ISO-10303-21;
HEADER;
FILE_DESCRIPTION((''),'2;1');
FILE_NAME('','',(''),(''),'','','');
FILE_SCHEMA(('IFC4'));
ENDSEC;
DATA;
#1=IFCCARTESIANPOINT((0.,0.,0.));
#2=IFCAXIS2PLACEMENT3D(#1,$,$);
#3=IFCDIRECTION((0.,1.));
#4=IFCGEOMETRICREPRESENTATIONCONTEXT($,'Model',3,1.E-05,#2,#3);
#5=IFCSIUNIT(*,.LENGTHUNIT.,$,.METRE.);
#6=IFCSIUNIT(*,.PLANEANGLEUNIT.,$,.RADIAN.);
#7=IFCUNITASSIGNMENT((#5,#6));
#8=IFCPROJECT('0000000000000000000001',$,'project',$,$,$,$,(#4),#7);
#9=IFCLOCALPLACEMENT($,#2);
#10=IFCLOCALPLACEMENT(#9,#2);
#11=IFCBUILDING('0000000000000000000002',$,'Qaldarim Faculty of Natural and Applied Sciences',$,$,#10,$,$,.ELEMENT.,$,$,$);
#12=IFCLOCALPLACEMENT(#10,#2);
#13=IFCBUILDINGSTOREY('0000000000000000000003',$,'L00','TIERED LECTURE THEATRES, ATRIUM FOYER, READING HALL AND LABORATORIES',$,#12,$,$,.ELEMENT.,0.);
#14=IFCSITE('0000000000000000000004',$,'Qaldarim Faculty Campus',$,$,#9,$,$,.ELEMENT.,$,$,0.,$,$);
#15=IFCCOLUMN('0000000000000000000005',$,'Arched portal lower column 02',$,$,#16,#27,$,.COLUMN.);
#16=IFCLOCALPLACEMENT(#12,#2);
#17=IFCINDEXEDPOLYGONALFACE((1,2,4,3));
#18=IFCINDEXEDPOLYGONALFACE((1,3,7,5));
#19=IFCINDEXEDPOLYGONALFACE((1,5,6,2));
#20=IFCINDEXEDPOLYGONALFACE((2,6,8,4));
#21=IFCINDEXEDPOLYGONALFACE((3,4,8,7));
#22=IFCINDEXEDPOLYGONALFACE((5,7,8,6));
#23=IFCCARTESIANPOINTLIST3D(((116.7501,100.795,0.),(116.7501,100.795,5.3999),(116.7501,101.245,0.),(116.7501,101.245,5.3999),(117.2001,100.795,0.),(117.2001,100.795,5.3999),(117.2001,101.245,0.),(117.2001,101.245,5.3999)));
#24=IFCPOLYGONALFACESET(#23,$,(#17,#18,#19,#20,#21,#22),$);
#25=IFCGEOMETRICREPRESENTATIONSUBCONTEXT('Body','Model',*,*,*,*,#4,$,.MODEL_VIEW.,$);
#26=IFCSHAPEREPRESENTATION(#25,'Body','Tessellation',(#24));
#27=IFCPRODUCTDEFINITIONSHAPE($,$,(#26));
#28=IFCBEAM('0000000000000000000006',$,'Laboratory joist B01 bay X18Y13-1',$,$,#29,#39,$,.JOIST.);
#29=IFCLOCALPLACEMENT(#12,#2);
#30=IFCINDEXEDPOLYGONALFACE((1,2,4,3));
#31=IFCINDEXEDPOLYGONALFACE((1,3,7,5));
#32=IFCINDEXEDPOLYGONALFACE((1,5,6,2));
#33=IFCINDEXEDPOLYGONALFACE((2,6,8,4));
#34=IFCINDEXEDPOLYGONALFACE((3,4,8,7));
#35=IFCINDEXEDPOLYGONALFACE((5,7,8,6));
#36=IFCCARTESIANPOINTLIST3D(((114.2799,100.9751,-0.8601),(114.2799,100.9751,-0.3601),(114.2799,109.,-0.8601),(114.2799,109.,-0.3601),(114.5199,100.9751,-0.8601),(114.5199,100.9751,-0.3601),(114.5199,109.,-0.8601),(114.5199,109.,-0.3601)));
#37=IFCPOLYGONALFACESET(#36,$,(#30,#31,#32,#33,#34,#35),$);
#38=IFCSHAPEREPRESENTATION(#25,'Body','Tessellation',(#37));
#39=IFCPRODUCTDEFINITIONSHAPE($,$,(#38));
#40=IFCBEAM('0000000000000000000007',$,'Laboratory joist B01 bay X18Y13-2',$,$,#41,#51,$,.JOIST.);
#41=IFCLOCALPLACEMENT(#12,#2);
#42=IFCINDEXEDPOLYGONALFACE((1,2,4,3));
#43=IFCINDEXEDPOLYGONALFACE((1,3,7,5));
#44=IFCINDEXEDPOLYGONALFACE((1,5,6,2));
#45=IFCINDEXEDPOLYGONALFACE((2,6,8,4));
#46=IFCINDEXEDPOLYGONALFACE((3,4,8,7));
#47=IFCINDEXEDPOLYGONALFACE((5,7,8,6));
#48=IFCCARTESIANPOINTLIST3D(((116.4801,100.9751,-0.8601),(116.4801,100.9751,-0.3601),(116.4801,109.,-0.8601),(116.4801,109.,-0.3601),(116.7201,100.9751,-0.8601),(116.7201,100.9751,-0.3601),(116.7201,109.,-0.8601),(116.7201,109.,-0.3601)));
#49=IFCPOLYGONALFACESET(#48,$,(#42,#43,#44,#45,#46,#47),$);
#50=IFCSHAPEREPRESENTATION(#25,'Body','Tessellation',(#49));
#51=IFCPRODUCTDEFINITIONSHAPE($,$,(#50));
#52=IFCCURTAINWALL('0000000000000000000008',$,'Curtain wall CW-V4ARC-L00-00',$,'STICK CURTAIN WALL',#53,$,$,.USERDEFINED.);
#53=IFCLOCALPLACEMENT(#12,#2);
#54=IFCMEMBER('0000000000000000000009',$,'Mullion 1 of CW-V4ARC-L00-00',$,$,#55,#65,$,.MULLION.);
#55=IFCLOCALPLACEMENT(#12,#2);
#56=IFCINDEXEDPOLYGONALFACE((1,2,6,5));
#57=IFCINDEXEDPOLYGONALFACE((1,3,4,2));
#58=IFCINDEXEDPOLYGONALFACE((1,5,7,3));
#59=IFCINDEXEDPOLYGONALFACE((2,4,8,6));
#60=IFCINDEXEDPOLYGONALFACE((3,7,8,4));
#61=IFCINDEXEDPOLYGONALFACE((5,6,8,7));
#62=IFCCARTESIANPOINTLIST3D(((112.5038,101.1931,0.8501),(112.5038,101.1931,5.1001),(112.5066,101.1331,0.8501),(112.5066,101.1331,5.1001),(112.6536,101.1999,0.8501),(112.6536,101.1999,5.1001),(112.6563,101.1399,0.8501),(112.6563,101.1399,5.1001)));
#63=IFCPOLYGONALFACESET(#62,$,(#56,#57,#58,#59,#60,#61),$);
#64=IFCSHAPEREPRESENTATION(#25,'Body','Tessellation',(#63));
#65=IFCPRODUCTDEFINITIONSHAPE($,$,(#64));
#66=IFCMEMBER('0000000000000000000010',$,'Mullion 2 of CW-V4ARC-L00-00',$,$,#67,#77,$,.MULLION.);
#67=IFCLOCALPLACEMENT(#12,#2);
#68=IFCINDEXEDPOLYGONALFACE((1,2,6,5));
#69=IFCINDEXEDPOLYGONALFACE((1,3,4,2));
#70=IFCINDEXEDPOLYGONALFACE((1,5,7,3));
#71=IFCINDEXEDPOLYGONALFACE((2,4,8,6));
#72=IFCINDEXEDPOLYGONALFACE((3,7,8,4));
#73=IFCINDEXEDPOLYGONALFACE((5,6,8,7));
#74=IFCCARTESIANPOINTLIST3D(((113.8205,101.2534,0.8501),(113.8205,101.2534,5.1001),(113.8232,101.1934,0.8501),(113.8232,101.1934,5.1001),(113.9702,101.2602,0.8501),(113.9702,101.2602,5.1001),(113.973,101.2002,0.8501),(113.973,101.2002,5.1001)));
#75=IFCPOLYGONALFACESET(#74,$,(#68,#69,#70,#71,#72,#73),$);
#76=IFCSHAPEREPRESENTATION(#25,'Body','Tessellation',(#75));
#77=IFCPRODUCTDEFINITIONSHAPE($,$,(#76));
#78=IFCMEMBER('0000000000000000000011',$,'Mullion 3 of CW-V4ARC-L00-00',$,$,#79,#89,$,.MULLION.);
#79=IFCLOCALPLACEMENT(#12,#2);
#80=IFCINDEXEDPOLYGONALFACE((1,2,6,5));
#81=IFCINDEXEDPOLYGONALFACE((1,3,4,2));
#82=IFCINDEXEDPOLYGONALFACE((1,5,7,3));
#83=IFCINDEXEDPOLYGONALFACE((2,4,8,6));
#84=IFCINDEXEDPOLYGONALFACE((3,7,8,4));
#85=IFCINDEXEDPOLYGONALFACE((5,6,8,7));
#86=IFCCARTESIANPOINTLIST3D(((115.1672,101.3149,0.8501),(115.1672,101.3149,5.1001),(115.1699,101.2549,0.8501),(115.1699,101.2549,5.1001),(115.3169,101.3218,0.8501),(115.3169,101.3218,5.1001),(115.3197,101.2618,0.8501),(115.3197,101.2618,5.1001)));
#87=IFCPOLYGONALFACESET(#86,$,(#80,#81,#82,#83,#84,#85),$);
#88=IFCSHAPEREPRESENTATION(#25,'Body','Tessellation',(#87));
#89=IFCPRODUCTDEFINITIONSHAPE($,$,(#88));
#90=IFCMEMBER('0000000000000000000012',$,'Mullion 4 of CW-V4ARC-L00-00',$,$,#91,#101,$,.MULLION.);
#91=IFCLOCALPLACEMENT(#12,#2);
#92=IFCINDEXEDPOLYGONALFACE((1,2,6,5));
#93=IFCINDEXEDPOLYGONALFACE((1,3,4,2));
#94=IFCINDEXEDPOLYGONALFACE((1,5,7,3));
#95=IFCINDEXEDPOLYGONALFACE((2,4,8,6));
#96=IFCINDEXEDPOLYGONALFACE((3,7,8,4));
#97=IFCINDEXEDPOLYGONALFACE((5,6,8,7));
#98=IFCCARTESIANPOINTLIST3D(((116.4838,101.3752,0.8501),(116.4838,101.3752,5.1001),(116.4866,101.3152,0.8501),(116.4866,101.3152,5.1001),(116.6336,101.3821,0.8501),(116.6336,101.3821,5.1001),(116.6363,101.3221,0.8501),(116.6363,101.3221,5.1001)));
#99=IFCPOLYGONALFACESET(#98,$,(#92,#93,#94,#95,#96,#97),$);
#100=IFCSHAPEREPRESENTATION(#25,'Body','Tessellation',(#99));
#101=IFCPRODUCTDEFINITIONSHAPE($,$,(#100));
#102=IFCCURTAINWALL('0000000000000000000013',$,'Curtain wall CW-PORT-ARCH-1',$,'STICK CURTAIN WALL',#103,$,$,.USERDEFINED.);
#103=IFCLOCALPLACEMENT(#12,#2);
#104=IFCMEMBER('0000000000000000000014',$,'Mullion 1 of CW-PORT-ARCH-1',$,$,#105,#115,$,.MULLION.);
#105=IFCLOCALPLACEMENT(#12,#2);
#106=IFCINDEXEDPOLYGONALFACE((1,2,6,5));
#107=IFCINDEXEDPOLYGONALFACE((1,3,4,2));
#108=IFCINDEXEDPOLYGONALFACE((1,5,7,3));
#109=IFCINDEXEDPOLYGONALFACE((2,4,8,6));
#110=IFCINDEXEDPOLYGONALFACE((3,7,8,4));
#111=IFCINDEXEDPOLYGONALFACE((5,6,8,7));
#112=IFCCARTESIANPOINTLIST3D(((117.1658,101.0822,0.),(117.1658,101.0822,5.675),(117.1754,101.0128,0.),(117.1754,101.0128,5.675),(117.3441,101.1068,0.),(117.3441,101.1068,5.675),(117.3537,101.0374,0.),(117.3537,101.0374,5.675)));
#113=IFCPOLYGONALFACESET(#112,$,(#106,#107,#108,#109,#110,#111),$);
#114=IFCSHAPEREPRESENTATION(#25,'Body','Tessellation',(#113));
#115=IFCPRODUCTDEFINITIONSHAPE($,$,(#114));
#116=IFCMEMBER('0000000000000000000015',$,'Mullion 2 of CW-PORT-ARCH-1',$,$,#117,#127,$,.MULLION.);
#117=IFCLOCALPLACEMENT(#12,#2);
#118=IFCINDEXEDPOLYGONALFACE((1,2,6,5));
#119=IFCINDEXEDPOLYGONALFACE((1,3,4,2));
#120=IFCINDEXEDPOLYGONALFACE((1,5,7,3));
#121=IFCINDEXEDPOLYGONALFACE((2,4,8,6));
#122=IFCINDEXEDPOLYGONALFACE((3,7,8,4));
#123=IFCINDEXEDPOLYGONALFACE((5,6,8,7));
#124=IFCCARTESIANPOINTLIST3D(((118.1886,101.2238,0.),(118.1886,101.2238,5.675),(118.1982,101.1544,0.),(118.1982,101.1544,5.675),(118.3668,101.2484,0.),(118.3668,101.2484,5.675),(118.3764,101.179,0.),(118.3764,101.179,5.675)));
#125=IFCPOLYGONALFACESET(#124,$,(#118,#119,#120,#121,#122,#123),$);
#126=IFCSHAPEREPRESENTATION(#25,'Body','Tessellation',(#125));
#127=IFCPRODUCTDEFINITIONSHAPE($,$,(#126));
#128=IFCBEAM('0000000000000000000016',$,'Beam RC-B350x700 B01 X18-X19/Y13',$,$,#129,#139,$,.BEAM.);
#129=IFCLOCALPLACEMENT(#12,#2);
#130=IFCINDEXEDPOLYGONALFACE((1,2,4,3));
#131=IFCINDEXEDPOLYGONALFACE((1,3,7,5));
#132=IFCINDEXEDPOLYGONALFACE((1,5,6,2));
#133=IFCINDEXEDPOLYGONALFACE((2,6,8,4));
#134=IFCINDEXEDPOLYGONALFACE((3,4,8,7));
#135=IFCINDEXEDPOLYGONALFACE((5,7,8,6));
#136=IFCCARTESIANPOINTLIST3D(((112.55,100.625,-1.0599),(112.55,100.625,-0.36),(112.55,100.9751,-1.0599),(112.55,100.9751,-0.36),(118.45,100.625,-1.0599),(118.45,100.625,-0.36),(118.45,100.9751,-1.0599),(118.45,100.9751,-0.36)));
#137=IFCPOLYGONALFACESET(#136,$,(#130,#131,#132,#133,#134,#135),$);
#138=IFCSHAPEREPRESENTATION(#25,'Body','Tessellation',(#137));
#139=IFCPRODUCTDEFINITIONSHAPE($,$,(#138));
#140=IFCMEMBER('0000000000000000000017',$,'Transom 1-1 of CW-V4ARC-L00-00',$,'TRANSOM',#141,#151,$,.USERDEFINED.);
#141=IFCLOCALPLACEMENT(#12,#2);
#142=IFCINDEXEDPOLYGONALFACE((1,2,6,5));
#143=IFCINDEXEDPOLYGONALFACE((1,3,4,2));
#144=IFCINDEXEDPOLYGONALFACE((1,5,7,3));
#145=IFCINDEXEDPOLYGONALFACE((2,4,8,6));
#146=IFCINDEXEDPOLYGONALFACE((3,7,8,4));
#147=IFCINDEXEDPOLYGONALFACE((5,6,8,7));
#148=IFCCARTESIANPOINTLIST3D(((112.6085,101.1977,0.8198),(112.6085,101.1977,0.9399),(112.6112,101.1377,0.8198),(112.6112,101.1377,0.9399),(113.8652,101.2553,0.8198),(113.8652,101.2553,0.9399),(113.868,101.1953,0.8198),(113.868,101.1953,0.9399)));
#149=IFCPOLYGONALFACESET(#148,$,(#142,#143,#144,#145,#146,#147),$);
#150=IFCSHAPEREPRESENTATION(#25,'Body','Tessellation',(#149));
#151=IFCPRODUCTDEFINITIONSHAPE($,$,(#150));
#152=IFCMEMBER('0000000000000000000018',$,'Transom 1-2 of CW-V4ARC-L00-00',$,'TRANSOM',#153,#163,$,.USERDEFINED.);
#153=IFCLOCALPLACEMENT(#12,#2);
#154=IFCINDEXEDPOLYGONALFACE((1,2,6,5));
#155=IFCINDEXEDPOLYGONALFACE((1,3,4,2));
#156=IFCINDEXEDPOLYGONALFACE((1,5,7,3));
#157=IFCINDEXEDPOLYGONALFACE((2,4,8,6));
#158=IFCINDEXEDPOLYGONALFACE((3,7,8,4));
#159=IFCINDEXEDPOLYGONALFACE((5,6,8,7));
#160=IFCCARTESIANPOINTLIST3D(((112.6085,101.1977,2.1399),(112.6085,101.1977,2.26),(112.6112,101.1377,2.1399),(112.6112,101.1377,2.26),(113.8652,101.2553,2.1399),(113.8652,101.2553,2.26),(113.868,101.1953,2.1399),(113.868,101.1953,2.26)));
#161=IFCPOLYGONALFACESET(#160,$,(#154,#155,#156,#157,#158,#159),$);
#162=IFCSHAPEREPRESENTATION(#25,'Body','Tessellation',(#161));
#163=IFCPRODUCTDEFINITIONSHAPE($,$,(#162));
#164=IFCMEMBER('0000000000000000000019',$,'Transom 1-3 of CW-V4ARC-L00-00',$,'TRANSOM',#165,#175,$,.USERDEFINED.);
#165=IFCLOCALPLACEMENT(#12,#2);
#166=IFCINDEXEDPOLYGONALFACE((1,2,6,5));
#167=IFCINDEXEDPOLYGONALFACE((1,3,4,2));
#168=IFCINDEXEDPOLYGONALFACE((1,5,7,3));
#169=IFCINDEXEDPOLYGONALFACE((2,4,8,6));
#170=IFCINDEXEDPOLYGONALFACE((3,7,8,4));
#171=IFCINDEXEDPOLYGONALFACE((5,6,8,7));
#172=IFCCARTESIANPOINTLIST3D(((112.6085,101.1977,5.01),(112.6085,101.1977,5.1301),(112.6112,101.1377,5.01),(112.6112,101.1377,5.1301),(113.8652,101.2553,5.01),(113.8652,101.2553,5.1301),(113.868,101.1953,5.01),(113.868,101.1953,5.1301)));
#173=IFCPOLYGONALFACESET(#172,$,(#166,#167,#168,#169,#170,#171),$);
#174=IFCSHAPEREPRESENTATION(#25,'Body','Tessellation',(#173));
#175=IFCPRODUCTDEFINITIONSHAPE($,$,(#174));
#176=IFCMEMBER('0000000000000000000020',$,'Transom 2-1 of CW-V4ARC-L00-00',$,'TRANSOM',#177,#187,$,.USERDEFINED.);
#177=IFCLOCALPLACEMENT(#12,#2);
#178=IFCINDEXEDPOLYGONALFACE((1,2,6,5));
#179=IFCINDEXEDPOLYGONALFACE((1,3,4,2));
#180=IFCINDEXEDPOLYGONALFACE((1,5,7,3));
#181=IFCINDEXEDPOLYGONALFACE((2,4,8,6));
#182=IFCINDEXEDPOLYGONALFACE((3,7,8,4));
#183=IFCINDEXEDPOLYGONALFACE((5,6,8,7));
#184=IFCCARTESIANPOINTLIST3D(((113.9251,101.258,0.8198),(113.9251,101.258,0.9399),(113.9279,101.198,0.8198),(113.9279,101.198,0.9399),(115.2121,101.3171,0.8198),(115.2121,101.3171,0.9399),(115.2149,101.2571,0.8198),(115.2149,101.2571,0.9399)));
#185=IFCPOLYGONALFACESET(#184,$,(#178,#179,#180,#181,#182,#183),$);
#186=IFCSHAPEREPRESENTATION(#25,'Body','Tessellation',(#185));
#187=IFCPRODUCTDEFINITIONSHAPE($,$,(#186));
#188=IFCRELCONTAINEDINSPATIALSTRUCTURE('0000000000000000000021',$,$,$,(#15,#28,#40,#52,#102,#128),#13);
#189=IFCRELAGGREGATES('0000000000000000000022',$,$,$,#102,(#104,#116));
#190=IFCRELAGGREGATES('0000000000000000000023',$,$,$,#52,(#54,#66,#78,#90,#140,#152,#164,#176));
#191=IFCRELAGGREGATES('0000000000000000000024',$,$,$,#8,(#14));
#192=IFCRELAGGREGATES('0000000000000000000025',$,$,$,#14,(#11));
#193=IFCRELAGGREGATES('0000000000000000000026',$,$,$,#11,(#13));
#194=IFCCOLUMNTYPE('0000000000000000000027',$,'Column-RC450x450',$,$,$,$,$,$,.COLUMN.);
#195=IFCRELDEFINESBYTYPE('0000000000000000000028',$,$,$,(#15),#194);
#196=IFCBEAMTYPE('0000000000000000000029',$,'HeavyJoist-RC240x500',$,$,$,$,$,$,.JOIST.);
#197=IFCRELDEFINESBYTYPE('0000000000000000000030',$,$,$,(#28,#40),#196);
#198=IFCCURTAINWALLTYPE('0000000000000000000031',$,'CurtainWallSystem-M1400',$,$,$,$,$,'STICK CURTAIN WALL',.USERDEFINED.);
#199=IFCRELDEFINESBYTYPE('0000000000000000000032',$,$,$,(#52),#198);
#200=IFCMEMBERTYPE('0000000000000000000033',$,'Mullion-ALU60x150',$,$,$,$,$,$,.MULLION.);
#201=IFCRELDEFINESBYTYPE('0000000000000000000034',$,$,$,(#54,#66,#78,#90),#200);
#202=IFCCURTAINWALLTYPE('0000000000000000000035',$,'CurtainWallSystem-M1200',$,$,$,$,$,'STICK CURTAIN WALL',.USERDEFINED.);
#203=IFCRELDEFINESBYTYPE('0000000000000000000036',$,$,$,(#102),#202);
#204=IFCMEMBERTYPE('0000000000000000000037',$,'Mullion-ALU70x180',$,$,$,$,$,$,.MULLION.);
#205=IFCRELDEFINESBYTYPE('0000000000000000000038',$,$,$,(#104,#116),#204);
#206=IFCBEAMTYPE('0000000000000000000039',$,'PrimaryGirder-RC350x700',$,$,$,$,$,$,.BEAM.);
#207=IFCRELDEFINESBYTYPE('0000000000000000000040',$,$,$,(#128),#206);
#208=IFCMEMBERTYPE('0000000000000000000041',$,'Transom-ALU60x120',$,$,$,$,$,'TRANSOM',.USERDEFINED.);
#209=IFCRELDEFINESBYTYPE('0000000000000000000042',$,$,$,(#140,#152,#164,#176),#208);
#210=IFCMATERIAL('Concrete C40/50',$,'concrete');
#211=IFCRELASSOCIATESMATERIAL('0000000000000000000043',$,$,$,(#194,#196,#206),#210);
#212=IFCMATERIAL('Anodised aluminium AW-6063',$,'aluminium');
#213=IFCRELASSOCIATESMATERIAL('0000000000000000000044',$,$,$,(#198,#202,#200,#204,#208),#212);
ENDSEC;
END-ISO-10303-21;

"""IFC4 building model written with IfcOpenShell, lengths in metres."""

from ifc_helpers import new_model, si_unit, direction, frame, origin, origin_2d, place, context, subcontext, project, spatial, rectangle, extrude, material, material_profile, profile_set, type_object, element, aggregate, save


model = new_model("IFC4")

# Units and contexts
model_context = context("Model", 3, precision=1e-05, world=origin(), true_north=direction((0.0, 1.0)))
body_context = subcontext(model_context, "Body", "Model", "MODEL_VIEW")
ifc_project = project(units=[si_unit("LENGTHUNIT", "METRE"), si_unit("PLANEANGLEUNIT", "RADIAN")], contexts=[model_context])

# Site, building, storey
site_placement = place(None, origin())
site = spatial("IfcSite", under=ifc_project, at=site_placement, Name="Qaldarim Faculty Campus", CompositionType="ELEMENT", RefElevation=0.0)
building_placement = place(site_placement, origin())
building = spatial("IfcBuilding", under=site, at=building_placement, Name="Qaldarim Faculty of Natural and Applied Sciences", CompositionType="ELEMENT")
storey_placement = place(building_placement, origin())
storey = spatial("IfcBuildingStorey", under=building, at=storey_placement, Name="L00", Description="TIERED LECTURE THEATRES, ATRIUM FOYER, READING HALL AND LABORATORIES", CompositionType="ELEMENT", Elevation=0.0)

# Column
ifc_material_1 = material(Name="Concrete C40/50", Category="concrete")
ifc_material_profile_1 = material_profile(ifc_material_1, rectangle(XDim=0.45, YDim=0.45, at=origin_2d()), Name="RC-C450x450")
ifc_profile_set_1 = profile_set([ifc_material_profile_1], Name="Concrete C40/50")
column_type = type_object("IfcColumnType", Name="Column-RC450x450", PredefinedType="COLUMN", material=ifc_profile_set_1)
column_placement = place(storey_placement, frame((116.9751, 101.02, 0.0), z_axis=(0.0, 0.0, 1.0), x_axis=(1.0, 0.0, 0.0)))
element("IfcColumn", 1, at=column_placement, inside=storey, type_object=column_type, Name="Arched portal lower column 02", PredefinedType="COLUMN", context=body_context, shape_type="SweptSolid", body=[
    extrude(rectangle(XDim=0.45, YDim=0.45, at=origin_2d()), origin(), (0.0, 0.0, 1.0), 5.3999),
])

# Beams
ifc_material_profile_2 = material_profile(ifc_material_1, rectangle(XDim=0.24, YDim=0.5, at=origin_2d()), Name="RC-J240x500")
ifc_profile_set_2 = profile_set([ifc_material_profile_2], Name="Concrete C40/50")
beam_type_1 = type_object("IfcBeamType", Name="HeavyJoist-RC240x500", PredefinedType="JOIST", material=ifc_profile_set_2)
for number, where, z_axis, x_axis, name in (
    (2, (114.3999, 100.9751, -0.6101), (0.0, 1.0, 0.0), (-1.0, 0.0, 0.0), "Laboratory joist B01 bay X18Y13-1"),
    (3, (116.6001, 100.9751, -0.6101), (0.0, 1.0, 0.0), (-1.0, 0.0, 0.0), "Laboratory joist B01 bay X18Y13-2"),
):
    element("IfcBeam", number, at=place(storey_placement, frame(where, z_axis=z_axis, x_axis=x_axis)), inside=storey, type_object=beam_type_1, Name=name, PredefinedType="JOIST", context=body_context, shape_type="SweptSolid", body=[
        extrude(rectangle(XDim=0.24, YDim=0.5, at=origin_2d()), origin(), (0.0, 0.0, 1.0), 8.0249),
    ])

# Curtain walls, members
ifc_material_2 = material(Name="Anodised aluminium AW-6063", Category="aluminium")
curtain_wall_type_1 = type_object("IfcCurtainWallType", Name="CurtainWallSystem-M1400", ElementType="STICK CURTAIN WALL", PredefinedType="USERDEFINED", material=ifc_material_2)
curtain_wall_1_placement = place(storey_placement, origin())
curtain_wall_1 = element("IfcCurtainWall", 4, at=curtain_wall_1_placement, inside=storey, type_object=curtain_wall_type_1, Name="Curtain wall CW-V4ARC-L00-00", ObjectType="STICK CURTAIN WALL", PredefinedType="USERDEFINED")
ifc_material_profile_3 = material_profile(ifc_material_2, rectangle(XDim=0.0601, YDim=0.1499, at=origin_2d()), Name="ALU-M60x150")
ifc_profile_set_3 = profile_set([ifc_material_profile_3], Name="Anodised aluminium AW-6063")
member_type_1 = type_object("IfcMemberType", Name="Mullion-ALU60x150", PredefinedType="MULLION", material=ifc_profile_set_3)
member_1_placement = place(storey_placement, frame((112.5801, 101.1665, 0.8501), z_axis=(0.0, 0.0, 1.0), x_axis=(-0.045747, 0.998953, 0.0)))
member_1 = element("IfcMember", 5, at=member_1_placement, type_object=member_type_1, Name="Mullion 1 of CW-V4ARC-L00-00", PredefinedType="MULLION", context=body_context, shape_type="SweptSolid", body=[
    extrude(rectangle(XDim=0.0601, YDim=0.1499, at=origin_2d()), origin(), (0.0, 0.0, 1.0), 4.25),
])
member_2_placement = place(storey_placement, frame((113.8967, 101.2268, 0.8501), z_axis=(0.0, 0.0, 1.0), x_axis=(-0.045747, 0.998953, 0.0)))
member_2 = element("IfcMember", 6, at=member_2_placement, type_object=member_type_1, Name="Mullion 2 of CW-V4ARC-L00-00", PredefinedType="MULLION", context=body_context, shape_type="SweptSolid", body=[
    extrude(rectangle(XDim=0.0601, YDim=0.1499, at=origin_2d()), origin(), (0.0, 0.0, 1.0), 4.25),
])
member_3_placement = place(storey_placement, frame((115.2434, 101.2883, 0.8501), z_axis=(0.0, 0.0, 1.0), x_axis=(-0.045747, 0.998953, 0.0)))
member_3 = element("IfcMember", 7, at=member_3_placement, type_object=member_type_1, Name="Mullion 3 of CW-V4ARC-L00-00", PredefinedType="MULLION", context=body_context, shape_type="SweptSolid", body=[
    extrude(rectangle(XDim=0.0601, YDim=0.1499, at=origin_2d()), origin(), (0.0, 0.0, 1.0), 4.25),
])
member_4_placement = place(storey_placement, frame((116.5601, 101.3486, 0.8501), z_axis=(0.0, 0.0, 1.0), x_axis=(-0.045747, 0.998953, 0.0)))
member_4 = element("IfcMember", 8, at=member_4_placement, type_object=member_type_1, Name="Mullion 4 of CW-V4ARC-L00-00", PredefinedType="MULLION", context=body_context, shape_type="SweptSolid", body=[
    extrude(rectangle(XDim=0.0601, YDim=0.1499, at=origin_2d()), origin(), (0.0, 0.0, 1.0), 4.25),
])
curtain_wall_type_2 = type_object("IfcCurtainWallType", Name="CurtainWallSystem-M1200", ElementType="STICK CURTAIN WALL", PredefinedType="USERDEFINED", material=ifc_material_2)
curtain_wall_2_placement = place(storey_placement, origin())
curtain_wall_2 = element("IfcCurtainWall", 9, at=curtain_wall_2_placement, inside=storey, type_object=curtain_wall_type_2, Name="Curtain wall CW-PORT-ARCH-1", ObjectType="STICK CURTAIN WALL", PredefinedType="USERDEFINED")
ifc_material_profile_4 = material_profile(ifc_material_2, rectangle(XDim=0.0701, YDim=0.1799, at=origin_2d()), Name="ALU-M70x180")
ifc_profile_set_4 = profile_set([ifc_material_profile_4], Name="Anodised aluminium AW-6063")
member_type_2 = type_object("IfcMemberType", Name="Mullion-ALU70x180", PredefinedType="MULLION", material=ifc_profile_set_4)
member_5_placement = place(storey_placement, frame((117.2598, 101.0598, 0.0), z_axis=(0.0, 0.0, 1.0), x_axis=(-0.136995, 0.990572, 0.0)))
member_5 = element("IfcMember", 10, at=member_5_placement, type_object=member_type_2, Name="Mullion 1 of CW-PORT-ARCH-1", PredefinedType="MULLION", context=body_context, shape_type="SweptSolid", body=[
    extrude(rectangle(XDim=0.0701, YDim=0.1799, at=origin_2d()), origin(), (0.0, 0.0, 1.0), 5.675),
])
member_6_placement = place(storey_placement, frame((118.2825, 101.2014, 0.0), z_axis=(0.0, 0.0, 1.0), x_axis=(-0.136995, 0.990572, 0.0)))
member_6 = element("IfcMember", 11, at=member_6_placement, type_object=member_type_2, Name="Mullion 2 of CW-PORT-ARCH-1", PredefinedType="MULLION", context=body_context, shape_type="SweptSolid", body=[
    extrude(rectangle(XDim=0.0701, YDim=0.1799, at=origin_2d()), origin(), (0.0, 0.0, 1.0), 5.675),
])

# Beam
ifc_material_profile_5 = material_profile(ifc_material_1, rectangle(XDim=0.3501, YDim=0.7, at=origin_2d()), Name="RC-B350x700")
ifc_profile_set_5 = profile_set([ifc_material_profile_5], Name="Concrete C40/50")
beam_type_2 = type_object("IfcBeamType", Name="PrimaryGirder-RC350x700", PredefinedType="BEAM", material=ifc_profile_set_5)
beam_placement = place(storey_placement, frame((112.55, 100.8, -0.71), z_axis=(1.0, 0.0, 0.0), x_axis=(0.0, 1.0, 0.0)))
element("IfcBeam", 12, at=beam_placement, inside=storey, type_object=beam_type_2, Name="Beam RC-B350x700 B01 X18-X19/Y13", PredefinedType="BEAM", context=body_context, shape_type="SweptSolid", body=[
    extrude(rectangle(XDim=0.3501, YDim=0.7, at=origin_2d()), origin(), (0.0, 0.0, 1.0), 5.8999),
])

# Members
ifc_material_profile_6 = material_profile(ifc_material_2, rectangle(XDim=0.0601, YDim=0.1201, at=origin_2d()), Name="ALU-T60x120")
ifc_profile_set_6 = profile_set([ifc_material_profile_6], Name="Anodised aluminium AW-6063")
member_type_3 = type_object("IfcMemberType", Name="Transom-ALU60x120", ElementType="TRANSOM", PredefinedType="USERDEFINED", material=ifc_profile_set_6)
member_7_placement = place(storey_placement, frame((112.6099, 101.1677, 0.8799), z_axis=(0.998951, 0.045795, 0.0), x_axis=(-0.045795, 0.998951, 0.0)))
member_7 = element("IfcMember", 13, at=member_7_placement, type_object=member_type_3, Name="Transom 1-1 of CW-V4ARC-L00-00", ObjectType="TRANSOM", PredefinedType="USERDEFINED", context=body_context, shape_type="SweptSolid", body=[
    extrude(rectangle(XDim=0.0601, YDim=0.1201, at=origin_2d()), origin(), (0.0, 0.0, 1.0), 1.2581),
])
member_8_placement = place(storey_placement, frame((112.6099, 101.1677, 2.2), z_axis=(0.998951, 0.045795, 0.0), x_axis=(-0.045795, 0.998951, 0.0)))
member_8 = element("IfcMember", 14, at=member_8_placement, type_object=member_type_3, Name="Transom 1-2 of CW-V4ARC-L00-00", ObjectType="TRANSOM", PredefinedType="USERDEFINED", context=body_context, shape_type="SweptSolid", body=[
    extrude(rectangle(XDim=0.0601, YDim=0.1201, at=origin_2d()), origin(), (0.0, 0.0, 1.0), 1.2581),
])
member_9_placement = place(storey_placement, frame((112.6099, 101.1677, 5.0701), z_axis=(0.998951, 0.045795, 0.0), x_axis=(-0.045795, 0.998951, 0.0)))
member_9 = element("IfcMember", 15, at=member_9_placement, type_object=member_type_3, Name="Transom 1-3 of CW-V4ARC-L00-00", ObjectType="TRANSOM", PredefinedType="USERDEFINED", context=body_context, shape_type="SweptSolid", body=[
    extrude(rectangle(XDim=0.0601, YDim=0.1201, at=origin_2d()), origin(), (0.0, 0.0, 1.0), 1.2581),
])
member_10_placement = place(storey_placement, frame((113.9265, 101.228, 0.8799), z_axis=(0.998948, 0.045863, 0.0), x_axis=(-0.045863, 0.998948, 0.0)))
member_10 = element("IfcMember", 16, at=member_10_placement, type_object=member_type_3, Name="Transom 2-1 of CW-V4ARC-L00-00", ObjectType="TRANSOM", PredefinedType="USERDEFINED", context=body_context, shape_type="SweptSolid", body=[
    extrude(rectangle(XDim=0.0601, YDim=0.1201, at=origin_2d()), origin(), (0.0, 0.0, 1.0), 1.2883),
])

aggregate(curtain_wall_2, [member_5, member_6])
aggregate(curtain_wall_1, [member_1, member_2, member_3, member_4, member_7, member_8, member_9, member_10])

save(model, "model.ifc")
